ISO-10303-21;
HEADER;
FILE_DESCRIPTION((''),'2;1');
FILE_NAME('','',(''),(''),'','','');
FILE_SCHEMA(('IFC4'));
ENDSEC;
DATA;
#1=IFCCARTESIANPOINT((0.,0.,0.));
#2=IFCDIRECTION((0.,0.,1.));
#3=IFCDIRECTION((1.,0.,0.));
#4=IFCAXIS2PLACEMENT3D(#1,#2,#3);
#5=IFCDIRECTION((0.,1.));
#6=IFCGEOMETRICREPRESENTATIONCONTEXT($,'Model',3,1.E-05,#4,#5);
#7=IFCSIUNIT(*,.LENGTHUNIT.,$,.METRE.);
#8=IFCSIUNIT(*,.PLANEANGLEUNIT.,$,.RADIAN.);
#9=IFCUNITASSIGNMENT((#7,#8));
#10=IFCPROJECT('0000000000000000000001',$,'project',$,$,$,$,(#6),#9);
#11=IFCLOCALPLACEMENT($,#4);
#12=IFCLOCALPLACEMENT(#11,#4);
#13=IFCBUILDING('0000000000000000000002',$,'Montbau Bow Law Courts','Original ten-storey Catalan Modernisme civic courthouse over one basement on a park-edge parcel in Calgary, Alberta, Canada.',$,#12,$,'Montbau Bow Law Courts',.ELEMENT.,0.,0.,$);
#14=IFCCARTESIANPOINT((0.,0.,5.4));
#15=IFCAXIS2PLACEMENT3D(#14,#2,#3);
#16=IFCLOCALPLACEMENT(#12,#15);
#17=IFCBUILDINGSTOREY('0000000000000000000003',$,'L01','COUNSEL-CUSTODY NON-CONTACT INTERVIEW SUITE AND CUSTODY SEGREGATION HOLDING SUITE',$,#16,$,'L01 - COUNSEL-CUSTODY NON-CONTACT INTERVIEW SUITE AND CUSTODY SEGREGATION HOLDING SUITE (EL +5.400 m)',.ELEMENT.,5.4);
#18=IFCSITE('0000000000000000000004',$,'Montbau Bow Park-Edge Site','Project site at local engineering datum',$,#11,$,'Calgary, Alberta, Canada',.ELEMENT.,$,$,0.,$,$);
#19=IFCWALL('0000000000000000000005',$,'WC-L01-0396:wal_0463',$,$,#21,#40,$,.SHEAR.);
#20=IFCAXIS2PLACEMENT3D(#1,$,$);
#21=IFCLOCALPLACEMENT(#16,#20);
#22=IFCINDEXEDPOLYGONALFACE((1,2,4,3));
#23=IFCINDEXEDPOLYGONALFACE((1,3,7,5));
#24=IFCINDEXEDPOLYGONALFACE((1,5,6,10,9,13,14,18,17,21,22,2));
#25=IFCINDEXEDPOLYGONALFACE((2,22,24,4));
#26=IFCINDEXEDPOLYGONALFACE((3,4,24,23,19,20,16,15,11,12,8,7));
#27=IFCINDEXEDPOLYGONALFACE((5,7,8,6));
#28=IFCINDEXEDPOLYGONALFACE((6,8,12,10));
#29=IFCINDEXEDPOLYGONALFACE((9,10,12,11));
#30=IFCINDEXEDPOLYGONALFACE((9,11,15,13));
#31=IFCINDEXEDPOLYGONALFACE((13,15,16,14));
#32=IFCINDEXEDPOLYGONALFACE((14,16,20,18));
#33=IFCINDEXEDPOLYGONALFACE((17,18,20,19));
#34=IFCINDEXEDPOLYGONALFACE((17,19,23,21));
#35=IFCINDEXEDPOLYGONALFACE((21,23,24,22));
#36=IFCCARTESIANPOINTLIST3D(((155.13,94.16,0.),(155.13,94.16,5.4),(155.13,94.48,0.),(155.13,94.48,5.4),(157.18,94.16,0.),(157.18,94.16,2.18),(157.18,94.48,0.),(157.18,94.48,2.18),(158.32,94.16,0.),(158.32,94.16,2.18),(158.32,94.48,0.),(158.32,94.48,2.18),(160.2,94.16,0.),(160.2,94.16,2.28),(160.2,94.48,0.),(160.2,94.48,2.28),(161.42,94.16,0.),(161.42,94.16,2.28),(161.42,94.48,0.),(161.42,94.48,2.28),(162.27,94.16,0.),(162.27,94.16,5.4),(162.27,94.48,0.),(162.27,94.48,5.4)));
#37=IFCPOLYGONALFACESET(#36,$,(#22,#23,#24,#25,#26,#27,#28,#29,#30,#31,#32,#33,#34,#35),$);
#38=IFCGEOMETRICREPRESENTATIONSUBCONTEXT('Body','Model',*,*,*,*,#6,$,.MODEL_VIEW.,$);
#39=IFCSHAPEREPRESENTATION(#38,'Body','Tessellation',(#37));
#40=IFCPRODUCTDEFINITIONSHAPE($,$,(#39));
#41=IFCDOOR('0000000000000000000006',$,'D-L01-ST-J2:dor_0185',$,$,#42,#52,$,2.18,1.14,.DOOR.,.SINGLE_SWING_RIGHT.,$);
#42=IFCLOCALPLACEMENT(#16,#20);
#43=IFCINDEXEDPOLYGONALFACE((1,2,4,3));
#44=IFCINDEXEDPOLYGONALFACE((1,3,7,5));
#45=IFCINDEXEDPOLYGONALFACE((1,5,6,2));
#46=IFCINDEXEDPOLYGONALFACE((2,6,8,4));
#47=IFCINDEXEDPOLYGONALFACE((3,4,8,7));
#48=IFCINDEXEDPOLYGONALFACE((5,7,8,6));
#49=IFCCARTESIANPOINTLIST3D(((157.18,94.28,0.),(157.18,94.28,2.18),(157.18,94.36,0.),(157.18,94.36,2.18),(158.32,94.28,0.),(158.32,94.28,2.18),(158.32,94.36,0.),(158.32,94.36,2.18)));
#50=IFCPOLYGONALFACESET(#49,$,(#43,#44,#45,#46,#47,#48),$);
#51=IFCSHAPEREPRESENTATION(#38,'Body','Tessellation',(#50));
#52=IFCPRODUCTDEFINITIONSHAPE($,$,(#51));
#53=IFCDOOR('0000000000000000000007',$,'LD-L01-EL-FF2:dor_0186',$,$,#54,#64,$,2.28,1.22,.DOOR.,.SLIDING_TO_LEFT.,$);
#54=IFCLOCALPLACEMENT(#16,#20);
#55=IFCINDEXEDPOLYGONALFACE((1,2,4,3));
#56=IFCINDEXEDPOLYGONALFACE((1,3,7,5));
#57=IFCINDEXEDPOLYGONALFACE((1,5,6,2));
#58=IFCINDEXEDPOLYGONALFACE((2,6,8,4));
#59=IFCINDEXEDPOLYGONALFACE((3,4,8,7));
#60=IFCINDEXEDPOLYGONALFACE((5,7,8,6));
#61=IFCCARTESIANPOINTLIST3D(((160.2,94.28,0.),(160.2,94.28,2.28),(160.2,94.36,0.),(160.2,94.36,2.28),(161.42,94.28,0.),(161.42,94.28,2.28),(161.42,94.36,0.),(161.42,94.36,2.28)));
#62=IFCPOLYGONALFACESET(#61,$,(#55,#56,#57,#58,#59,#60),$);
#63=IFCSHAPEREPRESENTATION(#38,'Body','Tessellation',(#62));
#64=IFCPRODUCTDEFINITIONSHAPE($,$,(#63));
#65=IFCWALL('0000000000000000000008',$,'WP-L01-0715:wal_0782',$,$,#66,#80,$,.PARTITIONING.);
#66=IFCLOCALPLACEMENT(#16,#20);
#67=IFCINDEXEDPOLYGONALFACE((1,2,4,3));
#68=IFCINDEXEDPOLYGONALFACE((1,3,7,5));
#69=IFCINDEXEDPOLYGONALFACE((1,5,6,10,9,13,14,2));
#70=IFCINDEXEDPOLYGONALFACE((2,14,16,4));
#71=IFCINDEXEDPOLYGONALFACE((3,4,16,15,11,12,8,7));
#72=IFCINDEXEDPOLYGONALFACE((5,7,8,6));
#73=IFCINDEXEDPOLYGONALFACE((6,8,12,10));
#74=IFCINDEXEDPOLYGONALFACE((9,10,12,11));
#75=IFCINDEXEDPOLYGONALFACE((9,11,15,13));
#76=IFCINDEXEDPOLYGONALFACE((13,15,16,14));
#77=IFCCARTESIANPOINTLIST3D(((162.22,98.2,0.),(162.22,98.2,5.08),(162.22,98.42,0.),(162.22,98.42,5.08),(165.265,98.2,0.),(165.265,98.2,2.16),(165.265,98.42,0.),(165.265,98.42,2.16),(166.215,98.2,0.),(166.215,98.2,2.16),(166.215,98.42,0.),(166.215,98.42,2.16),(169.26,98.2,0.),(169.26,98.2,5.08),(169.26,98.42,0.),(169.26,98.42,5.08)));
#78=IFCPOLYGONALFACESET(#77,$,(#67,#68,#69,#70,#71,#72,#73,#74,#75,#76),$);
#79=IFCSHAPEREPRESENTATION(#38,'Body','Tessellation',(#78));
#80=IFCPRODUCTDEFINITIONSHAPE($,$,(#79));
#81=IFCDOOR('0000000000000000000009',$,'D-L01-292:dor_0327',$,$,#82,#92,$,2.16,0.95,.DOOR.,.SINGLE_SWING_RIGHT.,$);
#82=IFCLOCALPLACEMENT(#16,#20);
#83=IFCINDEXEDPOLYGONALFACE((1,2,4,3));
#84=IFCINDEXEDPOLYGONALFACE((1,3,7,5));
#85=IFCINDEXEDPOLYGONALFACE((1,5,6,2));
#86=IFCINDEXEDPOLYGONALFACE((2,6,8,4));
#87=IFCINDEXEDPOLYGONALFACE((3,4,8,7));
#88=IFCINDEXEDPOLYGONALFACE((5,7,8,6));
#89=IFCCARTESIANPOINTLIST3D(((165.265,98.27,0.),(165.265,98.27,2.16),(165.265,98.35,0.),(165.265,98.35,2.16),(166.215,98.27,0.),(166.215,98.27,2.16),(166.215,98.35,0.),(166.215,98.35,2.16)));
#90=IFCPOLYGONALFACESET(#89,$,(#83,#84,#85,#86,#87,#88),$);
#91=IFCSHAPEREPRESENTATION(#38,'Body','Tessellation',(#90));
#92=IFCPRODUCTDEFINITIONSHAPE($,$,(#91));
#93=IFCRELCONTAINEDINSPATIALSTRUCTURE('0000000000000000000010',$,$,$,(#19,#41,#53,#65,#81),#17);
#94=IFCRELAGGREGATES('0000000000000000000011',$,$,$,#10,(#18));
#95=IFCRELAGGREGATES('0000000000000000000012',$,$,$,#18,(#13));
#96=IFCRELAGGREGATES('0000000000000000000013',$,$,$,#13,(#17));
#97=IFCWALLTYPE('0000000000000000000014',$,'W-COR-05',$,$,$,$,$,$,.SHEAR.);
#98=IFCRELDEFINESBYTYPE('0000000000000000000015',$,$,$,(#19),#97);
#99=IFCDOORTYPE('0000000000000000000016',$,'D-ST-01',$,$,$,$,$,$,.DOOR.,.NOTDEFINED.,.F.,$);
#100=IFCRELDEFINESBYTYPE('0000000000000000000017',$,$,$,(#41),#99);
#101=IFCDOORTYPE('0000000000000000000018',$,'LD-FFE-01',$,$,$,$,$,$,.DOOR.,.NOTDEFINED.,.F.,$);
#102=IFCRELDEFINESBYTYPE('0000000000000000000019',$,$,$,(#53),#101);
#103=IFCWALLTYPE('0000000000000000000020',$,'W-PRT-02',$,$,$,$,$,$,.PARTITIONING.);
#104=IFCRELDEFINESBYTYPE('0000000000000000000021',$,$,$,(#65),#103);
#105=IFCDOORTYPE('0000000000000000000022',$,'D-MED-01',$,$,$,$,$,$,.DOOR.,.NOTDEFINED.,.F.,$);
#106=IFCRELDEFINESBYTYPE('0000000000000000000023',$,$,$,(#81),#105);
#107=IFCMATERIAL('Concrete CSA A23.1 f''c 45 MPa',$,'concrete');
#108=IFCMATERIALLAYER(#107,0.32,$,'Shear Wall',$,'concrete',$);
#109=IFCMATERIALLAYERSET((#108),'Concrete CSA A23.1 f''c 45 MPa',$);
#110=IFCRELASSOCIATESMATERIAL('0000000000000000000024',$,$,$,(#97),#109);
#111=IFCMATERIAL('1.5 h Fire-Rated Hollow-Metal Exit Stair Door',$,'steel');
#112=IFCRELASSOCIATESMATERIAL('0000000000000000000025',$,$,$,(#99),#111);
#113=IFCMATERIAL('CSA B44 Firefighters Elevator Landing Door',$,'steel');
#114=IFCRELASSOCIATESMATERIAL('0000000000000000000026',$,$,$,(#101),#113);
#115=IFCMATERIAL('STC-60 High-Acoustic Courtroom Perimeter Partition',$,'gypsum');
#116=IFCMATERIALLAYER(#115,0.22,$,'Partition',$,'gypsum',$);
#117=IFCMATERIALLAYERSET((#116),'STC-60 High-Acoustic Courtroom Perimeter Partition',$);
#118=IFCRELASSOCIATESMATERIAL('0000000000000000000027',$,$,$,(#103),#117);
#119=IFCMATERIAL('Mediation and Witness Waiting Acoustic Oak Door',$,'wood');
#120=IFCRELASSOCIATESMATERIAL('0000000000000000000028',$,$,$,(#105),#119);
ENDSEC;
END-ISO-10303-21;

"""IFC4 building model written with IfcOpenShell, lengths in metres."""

from ifc_helpers import new_model, si_unit, direction, frame, frame_2d, origin_with_axes, place, context, subcontext, project, spatial, rectangle, extrude, material, layer, layer_set, type_object, element, fill, save


model = new_model("IFC4")

# Units and contexts
model_context = context("Model", 3, precision=1e-05, world=origin_with_axes(), true_north=direction((0.0, 1.0)))
body_context = subcontext(model_context, "Body", "Model", "MODEL_VIEW")
ifc_project = project(units=[si_unit("LENGTHUNIT", "METRE"), si_unit("PLANEANGLEUNIT", "RADIAN")], contexts=[model_context])

# Site, building, storey
site_placement = place(None, origin_with_axes())
site = spatial("IfcSite", under=ifc_project, at=site_placement, Name="Montbau Bow Park-Edge Site", Description="Project site at local engineering datum", LongName="Calgary, Alberta, Canada", CompositionType="ELEMENT", RefElevation=0.0)
building_placement = place(site_placement, origin_with_axes())
building = spatial("IfcBuilding", under=site, at=building_placement, Name="Montbau Bow Law Courts", Description="Original ten-storey Catalan Modernisme civic courthouse over one basement on a park-edge parcel in Calgary, Alberta, Canada.", LongName="Montbau Bow Law Courts", CompositionType="ELEMENT", ElevationOfRefHeight=0.0, ElevationOfTerrain=0.0)
storey_placement = place(building_placement, frame((0.0, 0.0, 5.4), z_axis=(0.0, 0.0, 1.0), x_axis=(1.0, 0.0, 0.0)))
storey = spatial("IfcBuildingStorey", under=building, at=storey_placement, Name="L01", Description="COUNSEL-CUSTODY NON-CONTACT INTERVIEW SUITE AND CUSTODY SEGREGATION HOLDING SUITE", LongName="L01 - COUNSEL-CUSTODY NON-CONTACT INTERVIEW SUITE AND CUSTODY SEGREGATION HOLDING SUITE (EL +5.400 m)", CompositionType="ELEMENT", Elevation=5.4)

# Wall, openings, doors
ifc_material_1 = material(Name="Concrete CSA A23.1 f'c 45 MPa", Category="concrete")
ifc_layer_1 = layer(ifc_material_1, 0.32, Name="Shear Wall", Category="concrete")
ifc_layer_set_1 = layer_set([ifc_layer_1], Name="Concrete CSA A23.1 f'c 45 MPa")
wall_type_1 = type_object("IfcWallType", Name="W-COR-05", PredefinedType="SHEAR", material=ifc_layer_set_1)
wall_1_placement = place(None, frame((162.27, 94.32, 5.4), z_axis=(0.0, 0.0, 1.0), x_axis=(-1.0, 0.0, 0.0)))
wall_1 = element("IfcWall", 1, at=wall_1_placement, inside=storey, type_object=wall_type_1, Name="WC-L01-0396:wal_0463", PredefinedType="SHEAR", context=body_context, shape_type="SweptSolid", body=[
    extrude(rectangle(XDim=7.14, YDim=0.32, at=frame_2d((3.57, 0.0), x_axis=(1.0, 0.0))), origin_with_axes(), (0.0, 0.0, 1.0), 5.4),
])
opening_1_placement = place(None, frame((157.75, 94.32, 5.4), z_axis=(0.0, 0.0, 1.0), x_axis=(-1.0, 0.0, 0.0)))
opening_1 = element("IfcOpeningElement", 2, at=opening_1_placement, cuts=wall_1, PredefinedType="OPENING", context=body_context, shape_type="SweptSolid", body=[
    extrude(rectangle(XDim=1.14, YDim=2.18, at=frame_2d((0.0, 1.09), x_axis=(1.0, 0.0))), frame((0.0, 0.17, 0.0), z_axis=(0.0, -1.0, 0.0), x_axis=(1.0, 0.0, 0.0)), (0.0, 0.0, 1.0), 0.34),
])
opening_2_placement = place(None, frame((160.81, 94.32, 5.4), z_axis=(0.0, 0.0, 1.0), x_axis=(-1.0, 0.0, 0.0)))
opening_2 = element("IfcOpeningElement", 3, at=opening_2_placement, cuts=wall_1, PredefinedType="OPENING", context=body_context, shape_type="SweptSolid", body=[
    extrude(rectangle(XDim=1.22, YDim=2.28, at=frame_2d((0.0, 1.14), x_axis=(1.0, 0.0))), frame((0.0, 0.17, 0.0), z_axis=(0.0, -1.0, 0.0), x_axis=(1.0, 0.0, 0.0)), (0.0, 0.0, 1.0), 0.34),
])
ifc_material_2 = material(Name="1.5 h Fire-Rated Hollow-Metal Exit Stair Door", Category="steel")
door_type_1 = type_object("IfcDoorType", Name="D-ST-01", OperationType="NOTDEFINED", ParameterTakesPrecedence=False, PredefinedType="DOOR", material=ifc_material_2)
door_1_placement = place(None, frame((157.75, 94.32, 5.4), z_axis=(0.0, 0.0, 1.0), x_axis=(1.0, 0.0, 0.0)))
door_1 = element("IfcDoor", 4, at=door_1_placement, inside=storey, type_object=door_type_1, Name="D-L01-ST-J2:dor_0185", OperationType="SINGLE_SWING_RIGHT", OverallHeight=2.18, OverallWidth=1.14, PredefinedType="DOOR", context=body_context, shape_type="SweptSolid", body=[
    extrude(rectangle(XDim=1.14, YDim=2.18, at=frame_2d((0.0, 1.09), x_axis=(1.0, 0.0))), frame((0.0, 0.04, 0.0), z_axis=(0.0, -1.0, 0.0), x_axis=(1.0, 0.0, 0.0)), (0.0, 0.0, 1.0), 0.08),
])
fill(opening_1, door_1)
ifc_material_3 = material(Name="CSA B44 Firefighters Elevator Landing Door", Category="steel")
door_type_2 = type_object("IfcDoorType", Name="LD-FFE-01", OperationType="NOTDEFINED", ParameterTakesPrecedence=False, PredefinedType="DOOR", material=ifc_material_3)
door_2_placement = place(None, frame((160.81, 94.32, 5.4), z_axis=(0.0, 0.0, 1.0), x_axis=(1.0, 0.0, 0.0)))
door_2 = element("IfcDoor", 5, at=door_2_placement, inside=storey, type_object=door_type_2, Name="LD-L01-EL-FF2:dor_0186", OperationType="SLIDING_TO_LEFT", OverallHeight=2.28, OverallWidth=1.22, PredefinedType="DOOR", context=body_context, shape_type="SweptSolid", body=[
    extrude(rectangle(XDim=1.22, YDim=2.28, at=frame_2d((0.0, 1.14), x_axis=(1.0, 0.0))), frame((0.0, 0.04, 0.0), z_axis=(0.0, -1.0, 0.0), x_axis=(1.0, 0.0, 0.0)), (0.0, 0.0, 1.0), 0.08),
])
fill(opening_2, door_2)

# Wall, opening, door
ifc_material_4 = material(Name="STC-60 High-Acoustic Courtroom Perimeter Partition", Category="gypsum")
ifc_layer_2 = layer(ifc_material_4, 0.22, Name="Partition", Category="gypsum")
ifc_layer_set_2 = layer_set([ifc_layer_2], Name="STC-60 High-Acoustic Courtroom Perimeter Partition")
wall_type_2 = type_object("IfcWallType", Name="W-PRT-02", PredefinedType="PARTITIONING", material=ifc_layer_set_2)
wall_2_placement = place(None, frame((162.22, 98.31, 5.4), z_axis=(0.0, 0.0, 1.0), x_axis=(1.0, 0.0, 0.0)))
wall_2 = element("IfcWall", 6, at=wall_2_placement, inside=storey, type_object=wall_type_2, Name="WP-L01-0715:wal_0782", PredefinedType="PARTITIONING", context=body_context, shape_type="SweptSolid", body=[
    extrude(rectangle(XDim=7.04, YDim=0.22, at=frame_2d((3.52, 0.0), x_axis=(1.0, 0.0))), origin_with_axes(), (0.0, 0.0, 1.0), 5.08),
])
opening_3_placement = place(None, frame((165.74, 98.31, 5.4), z_axis=(0.0, 0.0, 1.0), x_axis=(1.0, 0.0, 0.0)))
opening_3 = element("IfcOpeningElement", 7, at=opening_3_placement, cuts=wall_2, PredefinedType="OPENING", context=body_context, shape_type="SweptSolid", body=[
    extrude(rectangle(XDim=0.95, YDim=2.16, at=frame_2d((0.0, 1.08), x_axis=(1.0, 0.0))), frame((0.0, 0.12, 0.0), z_axis=(0.0, -1.0, 0.0), x_axis=(1.0, 0.0, 0.0)), (0.0, 0.0, 1.0), 0.24),
])
ifc_material_5 = material(Name="Mediation and Witness Waiting Acoustic Oak Door", Category="wood")
door_type_3 = type_object("IfcDoorType", Name="D-MED-01", OperationType="NOTDEFINED", ParameterTakesPrecedence=False, PredefinedType="DOOR", material=ifc_material_5)
door_3_placement = place(None, frame((165.74, 98.31, 5.4), z_axis=(0.0, 0.0, 1.0), x_axis=(1.0, 0.0, 0.0)))
door_3 = element("IfcDoor", 8, at=door_3_placement, inside=storey, type_object=door_type_3, Name="D-L01-292:dor_0327", OperationType="SINGLE_SWING_RIGHT", OverallHeight=2.16, OverallWidth=0.95, PredefinedType="DOOR", context=body_context, shape_type="SweptSolid", body=[
    extrude(rectangle(XDim=0.95, YDim=2.16, at=frame_2d((0.0, 1.08), x_axis=(1.0, 0.0))), frame((0.0, 0.04, 0.0), z_axis=(0.0, -1.0, 0.0), x_axis=(1.0, 0.0, 0.0)), (0.0, 0.0, 1.0), 0.08),
])
fill(opening_3, door_3)

save(model, "model.ifc")
